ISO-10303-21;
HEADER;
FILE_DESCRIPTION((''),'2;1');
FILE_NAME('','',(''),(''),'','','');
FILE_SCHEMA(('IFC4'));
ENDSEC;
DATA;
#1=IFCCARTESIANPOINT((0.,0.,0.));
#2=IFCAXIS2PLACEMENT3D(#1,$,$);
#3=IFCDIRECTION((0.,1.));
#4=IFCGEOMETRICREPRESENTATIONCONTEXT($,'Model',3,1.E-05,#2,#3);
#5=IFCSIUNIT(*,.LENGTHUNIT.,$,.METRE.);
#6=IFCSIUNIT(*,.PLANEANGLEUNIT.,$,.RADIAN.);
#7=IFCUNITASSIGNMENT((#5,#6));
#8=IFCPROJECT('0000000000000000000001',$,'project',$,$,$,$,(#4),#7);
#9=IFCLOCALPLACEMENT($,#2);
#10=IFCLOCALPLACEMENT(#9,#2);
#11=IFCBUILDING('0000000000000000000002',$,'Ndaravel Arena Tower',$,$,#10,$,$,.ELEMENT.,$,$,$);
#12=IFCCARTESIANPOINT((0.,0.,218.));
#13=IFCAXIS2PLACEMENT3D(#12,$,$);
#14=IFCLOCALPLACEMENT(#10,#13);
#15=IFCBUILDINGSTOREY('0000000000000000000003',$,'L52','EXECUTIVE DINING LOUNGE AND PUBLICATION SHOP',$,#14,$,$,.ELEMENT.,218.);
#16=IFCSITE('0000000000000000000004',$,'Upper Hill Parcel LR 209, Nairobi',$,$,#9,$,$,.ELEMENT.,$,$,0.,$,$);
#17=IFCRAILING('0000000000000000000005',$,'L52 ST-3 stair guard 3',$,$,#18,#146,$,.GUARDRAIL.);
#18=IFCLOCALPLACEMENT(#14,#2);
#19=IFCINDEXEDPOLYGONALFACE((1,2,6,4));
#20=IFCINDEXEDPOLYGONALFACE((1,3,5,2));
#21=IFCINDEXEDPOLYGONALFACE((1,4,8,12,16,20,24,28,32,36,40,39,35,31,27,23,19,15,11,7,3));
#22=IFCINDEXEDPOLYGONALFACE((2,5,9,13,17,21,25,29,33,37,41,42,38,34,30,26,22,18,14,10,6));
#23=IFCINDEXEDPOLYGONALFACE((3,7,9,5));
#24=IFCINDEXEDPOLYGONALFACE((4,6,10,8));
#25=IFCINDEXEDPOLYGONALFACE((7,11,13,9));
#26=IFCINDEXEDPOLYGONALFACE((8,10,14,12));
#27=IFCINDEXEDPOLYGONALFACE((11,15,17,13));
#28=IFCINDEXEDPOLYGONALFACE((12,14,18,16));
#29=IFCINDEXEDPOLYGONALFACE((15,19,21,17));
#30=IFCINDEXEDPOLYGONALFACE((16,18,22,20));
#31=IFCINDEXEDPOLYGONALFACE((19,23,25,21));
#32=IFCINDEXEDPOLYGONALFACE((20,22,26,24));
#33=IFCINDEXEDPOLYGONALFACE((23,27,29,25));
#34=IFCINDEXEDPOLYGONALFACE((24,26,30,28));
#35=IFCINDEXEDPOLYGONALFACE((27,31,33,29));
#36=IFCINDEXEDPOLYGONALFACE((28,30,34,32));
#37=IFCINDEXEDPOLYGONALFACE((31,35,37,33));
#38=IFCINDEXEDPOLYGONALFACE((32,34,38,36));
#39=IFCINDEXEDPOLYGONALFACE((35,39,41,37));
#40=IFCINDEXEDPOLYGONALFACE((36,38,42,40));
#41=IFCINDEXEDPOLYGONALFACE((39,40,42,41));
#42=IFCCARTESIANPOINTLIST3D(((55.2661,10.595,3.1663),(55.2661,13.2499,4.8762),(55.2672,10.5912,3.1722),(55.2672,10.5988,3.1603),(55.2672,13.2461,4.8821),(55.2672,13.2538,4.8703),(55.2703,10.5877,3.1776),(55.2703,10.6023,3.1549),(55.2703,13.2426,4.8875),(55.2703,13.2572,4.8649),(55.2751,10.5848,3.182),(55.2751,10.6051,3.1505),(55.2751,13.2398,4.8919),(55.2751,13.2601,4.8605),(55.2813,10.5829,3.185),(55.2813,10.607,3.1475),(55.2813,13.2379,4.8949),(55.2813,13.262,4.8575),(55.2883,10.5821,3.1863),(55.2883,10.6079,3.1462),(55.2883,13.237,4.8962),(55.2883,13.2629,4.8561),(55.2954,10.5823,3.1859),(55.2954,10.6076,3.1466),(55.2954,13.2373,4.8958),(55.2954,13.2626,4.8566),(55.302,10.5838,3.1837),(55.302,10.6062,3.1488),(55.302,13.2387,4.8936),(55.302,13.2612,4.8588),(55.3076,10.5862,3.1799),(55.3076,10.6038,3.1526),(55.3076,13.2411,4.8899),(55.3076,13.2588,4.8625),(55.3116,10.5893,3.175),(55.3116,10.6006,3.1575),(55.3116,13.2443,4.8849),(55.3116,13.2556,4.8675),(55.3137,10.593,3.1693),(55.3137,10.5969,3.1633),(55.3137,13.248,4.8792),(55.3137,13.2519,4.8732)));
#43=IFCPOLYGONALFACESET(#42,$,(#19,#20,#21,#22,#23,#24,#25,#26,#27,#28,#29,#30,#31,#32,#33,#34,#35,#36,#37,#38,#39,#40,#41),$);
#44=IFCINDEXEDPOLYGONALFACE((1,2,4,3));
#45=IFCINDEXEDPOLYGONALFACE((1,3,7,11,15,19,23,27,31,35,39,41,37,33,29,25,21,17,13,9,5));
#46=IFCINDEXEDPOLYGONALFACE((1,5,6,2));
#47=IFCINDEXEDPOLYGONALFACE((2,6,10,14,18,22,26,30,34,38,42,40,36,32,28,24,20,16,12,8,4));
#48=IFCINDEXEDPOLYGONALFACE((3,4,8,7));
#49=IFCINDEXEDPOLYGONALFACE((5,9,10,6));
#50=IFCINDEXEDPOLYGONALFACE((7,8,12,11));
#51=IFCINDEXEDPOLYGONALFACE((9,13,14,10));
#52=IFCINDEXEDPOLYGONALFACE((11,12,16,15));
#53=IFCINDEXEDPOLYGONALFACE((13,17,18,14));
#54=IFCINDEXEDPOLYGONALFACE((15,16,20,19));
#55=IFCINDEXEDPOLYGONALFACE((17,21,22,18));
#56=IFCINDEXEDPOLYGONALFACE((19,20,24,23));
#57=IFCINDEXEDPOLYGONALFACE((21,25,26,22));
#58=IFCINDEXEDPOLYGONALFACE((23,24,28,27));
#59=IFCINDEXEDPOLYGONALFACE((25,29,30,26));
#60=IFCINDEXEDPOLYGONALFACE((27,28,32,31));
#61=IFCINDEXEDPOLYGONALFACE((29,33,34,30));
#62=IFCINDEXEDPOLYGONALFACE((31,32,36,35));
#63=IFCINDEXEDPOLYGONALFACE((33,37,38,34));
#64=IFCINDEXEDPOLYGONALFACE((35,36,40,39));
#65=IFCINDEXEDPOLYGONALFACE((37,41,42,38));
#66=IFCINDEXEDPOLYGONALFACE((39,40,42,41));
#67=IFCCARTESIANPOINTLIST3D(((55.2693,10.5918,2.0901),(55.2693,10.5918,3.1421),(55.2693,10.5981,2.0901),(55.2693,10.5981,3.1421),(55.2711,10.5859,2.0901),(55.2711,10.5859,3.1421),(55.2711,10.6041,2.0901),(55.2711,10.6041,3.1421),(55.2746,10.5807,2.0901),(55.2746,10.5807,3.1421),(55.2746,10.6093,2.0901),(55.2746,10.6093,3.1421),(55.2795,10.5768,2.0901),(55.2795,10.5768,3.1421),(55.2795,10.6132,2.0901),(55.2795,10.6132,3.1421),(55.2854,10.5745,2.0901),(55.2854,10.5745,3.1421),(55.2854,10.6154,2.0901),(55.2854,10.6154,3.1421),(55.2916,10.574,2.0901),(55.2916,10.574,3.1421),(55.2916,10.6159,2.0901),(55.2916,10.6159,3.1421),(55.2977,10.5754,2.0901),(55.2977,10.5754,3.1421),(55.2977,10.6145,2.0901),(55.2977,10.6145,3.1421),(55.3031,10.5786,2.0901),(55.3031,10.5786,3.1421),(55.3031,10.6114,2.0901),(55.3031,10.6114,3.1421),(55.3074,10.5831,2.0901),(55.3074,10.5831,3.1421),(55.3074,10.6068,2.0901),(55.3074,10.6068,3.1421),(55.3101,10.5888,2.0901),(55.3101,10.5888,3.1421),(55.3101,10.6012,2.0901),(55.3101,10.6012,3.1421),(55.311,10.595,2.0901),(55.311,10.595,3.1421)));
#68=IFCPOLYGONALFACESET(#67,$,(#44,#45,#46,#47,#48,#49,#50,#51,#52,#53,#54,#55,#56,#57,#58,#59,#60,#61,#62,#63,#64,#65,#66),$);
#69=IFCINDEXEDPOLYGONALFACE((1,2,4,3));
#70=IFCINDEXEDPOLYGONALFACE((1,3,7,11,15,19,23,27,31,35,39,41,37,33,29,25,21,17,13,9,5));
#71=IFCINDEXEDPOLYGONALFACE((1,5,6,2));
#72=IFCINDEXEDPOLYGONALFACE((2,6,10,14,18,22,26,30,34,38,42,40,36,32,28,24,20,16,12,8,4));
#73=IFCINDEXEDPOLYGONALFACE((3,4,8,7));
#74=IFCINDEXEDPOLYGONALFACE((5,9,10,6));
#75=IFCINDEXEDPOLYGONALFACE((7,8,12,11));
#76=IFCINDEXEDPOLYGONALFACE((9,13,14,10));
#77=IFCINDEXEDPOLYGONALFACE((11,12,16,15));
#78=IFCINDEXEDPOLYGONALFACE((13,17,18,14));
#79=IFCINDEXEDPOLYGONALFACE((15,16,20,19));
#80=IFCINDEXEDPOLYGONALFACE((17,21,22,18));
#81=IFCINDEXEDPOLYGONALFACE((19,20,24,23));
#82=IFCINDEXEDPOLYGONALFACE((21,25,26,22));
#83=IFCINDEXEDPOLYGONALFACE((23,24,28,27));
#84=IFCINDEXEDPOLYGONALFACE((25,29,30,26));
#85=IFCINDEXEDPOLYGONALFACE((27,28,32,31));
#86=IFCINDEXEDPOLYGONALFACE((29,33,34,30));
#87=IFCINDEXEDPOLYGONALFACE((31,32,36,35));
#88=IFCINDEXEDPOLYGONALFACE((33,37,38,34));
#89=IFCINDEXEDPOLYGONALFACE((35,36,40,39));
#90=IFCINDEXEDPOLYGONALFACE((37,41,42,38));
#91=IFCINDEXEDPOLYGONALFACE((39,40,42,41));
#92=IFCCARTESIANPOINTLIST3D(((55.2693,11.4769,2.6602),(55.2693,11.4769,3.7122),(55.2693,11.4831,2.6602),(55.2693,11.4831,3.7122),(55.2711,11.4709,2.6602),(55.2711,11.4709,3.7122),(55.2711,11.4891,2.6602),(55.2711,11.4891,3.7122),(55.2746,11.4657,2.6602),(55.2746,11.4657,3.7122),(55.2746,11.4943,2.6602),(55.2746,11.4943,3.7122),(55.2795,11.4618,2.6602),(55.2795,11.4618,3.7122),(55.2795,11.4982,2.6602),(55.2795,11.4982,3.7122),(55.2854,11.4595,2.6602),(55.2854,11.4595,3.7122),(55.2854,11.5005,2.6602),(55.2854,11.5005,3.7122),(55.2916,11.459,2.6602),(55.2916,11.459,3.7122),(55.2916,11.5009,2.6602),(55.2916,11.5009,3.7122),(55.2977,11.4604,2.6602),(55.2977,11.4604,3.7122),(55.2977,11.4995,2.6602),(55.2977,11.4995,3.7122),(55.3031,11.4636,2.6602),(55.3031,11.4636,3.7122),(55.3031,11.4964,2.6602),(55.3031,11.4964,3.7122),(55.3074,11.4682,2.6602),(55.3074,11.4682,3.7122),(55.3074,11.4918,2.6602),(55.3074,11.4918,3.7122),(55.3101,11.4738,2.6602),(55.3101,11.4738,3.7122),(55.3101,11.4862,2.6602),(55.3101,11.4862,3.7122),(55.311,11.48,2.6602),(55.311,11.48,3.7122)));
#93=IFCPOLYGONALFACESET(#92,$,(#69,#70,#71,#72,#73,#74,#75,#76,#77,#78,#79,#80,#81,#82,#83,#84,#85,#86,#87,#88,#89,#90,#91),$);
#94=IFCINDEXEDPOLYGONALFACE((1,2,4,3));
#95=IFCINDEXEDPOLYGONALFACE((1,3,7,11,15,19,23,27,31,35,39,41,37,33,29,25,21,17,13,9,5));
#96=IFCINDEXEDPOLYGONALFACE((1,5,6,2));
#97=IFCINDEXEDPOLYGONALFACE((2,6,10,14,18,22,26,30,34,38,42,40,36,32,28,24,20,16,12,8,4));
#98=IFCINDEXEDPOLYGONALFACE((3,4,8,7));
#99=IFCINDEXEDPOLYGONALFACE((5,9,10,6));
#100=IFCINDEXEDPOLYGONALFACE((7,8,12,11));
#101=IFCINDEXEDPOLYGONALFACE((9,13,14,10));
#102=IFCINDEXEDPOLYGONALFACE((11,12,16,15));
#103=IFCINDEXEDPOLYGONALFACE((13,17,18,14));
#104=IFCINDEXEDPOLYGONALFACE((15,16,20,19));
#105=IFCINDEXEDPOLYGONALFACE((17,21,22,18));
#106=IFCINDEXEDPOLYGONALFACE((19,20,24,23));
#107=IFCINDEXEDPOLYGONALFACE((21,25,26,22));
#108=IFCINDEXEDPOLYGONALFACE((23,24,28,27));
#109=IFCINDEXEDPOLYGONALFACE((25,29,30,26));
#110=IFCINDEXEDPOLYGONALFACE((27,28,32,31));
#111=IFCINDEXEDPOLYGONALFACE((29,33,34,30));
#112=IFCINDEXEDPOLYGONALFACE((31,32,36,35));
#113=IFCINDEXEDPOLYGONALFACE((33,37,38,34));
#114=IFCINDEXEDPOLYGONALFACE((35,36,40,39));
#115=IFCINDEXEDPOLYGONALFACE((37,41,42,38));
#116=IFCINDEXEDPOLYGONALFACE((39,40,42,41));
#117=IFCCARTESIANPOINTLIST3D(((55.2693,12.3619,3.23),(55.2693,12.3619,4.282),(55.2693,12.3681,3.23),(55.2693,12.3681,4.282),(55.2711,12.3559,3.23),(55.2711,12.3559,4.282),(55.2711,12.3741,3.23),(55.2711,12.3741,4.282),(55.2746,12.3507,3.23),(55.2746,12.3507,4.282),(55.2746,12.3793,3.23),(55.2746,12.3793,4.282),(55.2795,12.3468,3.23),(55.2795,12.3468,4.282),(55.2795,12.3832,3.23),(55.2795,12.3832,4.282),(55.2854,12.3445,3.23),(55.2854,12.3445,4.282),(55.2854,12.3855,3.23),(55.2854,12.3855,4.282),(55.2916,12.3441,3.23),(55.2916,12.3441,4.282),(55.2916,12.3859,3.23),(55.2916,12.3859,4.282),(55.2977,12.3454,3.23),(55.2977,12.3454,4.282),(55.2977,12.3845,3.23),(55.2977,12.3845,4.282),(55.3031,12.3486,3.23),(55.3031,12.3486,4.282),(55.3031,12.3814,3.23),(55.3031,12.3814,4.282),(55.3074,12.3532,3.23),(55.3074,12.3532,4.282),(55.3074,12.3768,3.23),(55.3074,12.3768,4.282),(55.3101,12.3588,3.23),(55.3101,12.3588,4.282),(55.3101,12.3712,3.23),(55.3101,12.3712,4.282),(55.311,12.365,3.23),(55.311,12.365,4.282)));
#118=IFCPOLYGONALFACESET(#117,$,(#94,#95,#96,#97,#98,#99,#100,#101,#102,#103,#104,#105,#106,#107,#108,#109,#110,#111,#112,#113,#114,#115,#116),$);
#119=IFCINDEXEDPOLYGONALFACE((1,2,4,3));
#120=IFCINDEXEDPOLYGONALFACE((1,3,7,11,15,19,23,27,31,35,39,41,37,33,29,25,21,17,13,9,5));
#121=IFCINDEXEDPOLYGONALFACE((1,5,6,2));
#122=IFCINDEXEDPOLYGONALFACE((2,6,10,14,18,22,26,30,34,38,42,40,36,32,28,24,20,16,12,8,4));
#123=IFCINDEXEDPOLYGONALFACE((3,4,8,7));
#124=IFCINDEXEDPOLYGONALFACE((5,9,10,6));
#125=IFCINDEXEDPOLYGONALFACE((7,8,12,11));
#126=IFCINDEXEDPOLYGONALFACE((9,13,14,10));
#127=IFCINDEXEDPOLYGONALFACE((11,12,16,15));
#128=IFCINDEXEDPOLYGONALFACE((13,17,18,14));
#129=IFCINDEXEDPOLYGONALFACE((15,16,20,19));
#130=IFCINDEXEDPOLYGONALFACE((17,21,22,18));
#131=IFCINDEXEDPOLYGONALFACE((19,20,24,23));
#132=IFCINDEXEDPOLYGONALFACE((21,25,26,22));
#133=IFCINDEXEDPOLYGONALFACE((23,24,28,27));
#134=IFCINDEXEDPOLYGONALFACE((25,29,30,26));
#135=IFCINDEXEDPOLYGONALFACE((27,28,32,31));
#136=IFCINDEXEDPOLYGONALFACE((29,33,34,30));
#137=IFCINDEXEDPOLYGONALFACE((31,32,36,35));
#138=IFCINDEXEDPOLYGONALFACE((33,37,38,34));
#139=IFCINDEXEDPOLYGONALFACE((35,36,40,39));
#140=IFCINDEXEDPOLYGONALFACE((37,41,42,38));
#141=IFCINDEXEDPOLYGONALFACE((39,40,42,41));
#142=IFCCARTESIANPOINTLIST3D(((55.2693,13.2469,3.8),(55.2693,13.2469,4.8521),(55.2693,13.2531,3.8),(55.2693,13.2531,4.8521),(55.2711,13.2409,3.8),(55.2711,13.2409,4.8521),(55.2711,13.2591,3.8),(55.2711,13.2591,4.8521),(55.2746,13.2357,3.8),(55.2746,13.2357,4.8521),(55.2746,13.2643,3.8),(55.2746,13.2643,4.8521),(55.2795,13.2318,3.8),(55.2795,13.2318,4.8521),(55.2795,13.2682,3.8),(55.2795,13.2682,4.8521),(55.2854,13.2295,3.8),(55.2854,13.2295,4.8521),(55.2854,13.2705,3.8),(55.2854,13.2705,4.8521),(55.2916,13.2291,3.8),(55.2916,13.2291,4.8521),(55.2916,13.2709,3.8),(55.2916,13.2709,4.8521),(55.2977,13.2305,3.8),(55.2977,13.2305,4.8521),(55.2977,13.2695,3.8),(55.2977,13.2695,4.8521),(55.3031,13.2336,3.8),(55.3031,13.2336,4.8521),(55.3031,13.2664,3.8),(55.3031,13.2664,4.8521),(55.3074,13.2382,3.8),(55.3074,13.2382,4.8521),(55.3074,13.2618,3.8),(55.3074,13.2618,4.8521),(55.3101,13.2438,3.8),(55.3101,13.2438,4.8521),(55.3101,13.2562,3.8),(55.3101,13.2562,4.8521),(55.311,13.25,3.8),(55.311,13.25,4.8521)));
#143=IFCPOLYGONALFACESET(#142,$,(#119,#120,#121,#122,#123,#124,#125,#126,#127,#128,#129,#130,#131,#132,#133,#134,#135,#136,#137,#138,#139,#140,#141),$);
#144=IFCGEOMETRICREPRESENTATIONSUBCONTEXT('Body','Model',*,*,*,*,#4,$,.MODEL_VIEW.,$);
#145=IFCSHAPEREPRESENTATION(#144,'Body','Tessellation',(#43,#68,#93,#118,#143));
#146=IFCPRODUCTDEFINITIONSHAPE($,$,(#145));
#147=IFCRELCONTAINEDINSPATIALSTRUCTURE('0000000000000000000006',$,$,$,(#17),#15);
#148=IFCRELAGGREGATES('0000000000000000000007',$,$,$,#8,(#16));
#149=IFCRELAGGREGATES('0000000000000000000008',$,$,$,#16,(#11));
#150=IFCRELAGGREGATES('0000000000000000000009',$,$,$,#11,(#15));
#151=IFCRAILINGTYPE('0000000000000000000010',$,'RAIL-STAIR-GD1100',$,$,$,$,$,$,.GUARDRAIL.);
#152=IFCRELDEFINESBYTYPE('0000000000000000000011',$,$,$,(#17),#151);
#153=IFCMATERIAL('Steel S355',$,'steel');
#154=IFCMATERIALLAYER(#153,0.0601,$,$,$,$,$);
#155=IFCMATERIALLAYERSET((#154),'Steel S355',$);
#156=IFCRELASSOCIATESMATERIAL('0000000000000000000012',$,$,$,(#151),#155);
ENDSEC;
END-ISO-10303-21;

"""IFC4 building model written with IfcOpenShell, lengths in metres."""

from ifc_helpers import new_model, si_unit, direction, frame, origin, origin_2d, place, context, subcontext, project, spatial, circle, extrude, material, layer, layer_set, type_object, element, save


model = new_model("IFC4")

# Units and contexts
model_context = context("Model", 3, precision=1e-05, world=origin(), true_north=direction((0.0, 1.0)))
body_context = subcontext(model_context, "Body", "Model", "MODEL_VIEW")
ifc_project = project(units=[si_unit("LENGTHUNIT", "METRE"), si_unit("PLANEANGLEUNIT", "RADIAN")], contexts=[model_context])

# Site, building, storey
site_placement = place(None, origin())
site = spatial("IfcSite", under=ifc_project, at=site_placement, Name="Upper Hill Parcel LR 209, Nairobi", CompositionType="ELEMENT", RefElevation=0.0)
building_placement = place(site_placement, origin())
building = spatial("IfcBuilding", under=site, at=building_placement, Name="Ndaravel Arena Tower", CompositionType="ELEMENT")
storey_placement = place(building_placement, frame((0.0, 0.0, 218.0)))
storey = spatial("IfcBuildingStorey", under=building, at=storey_placement, Name="L52", Description="EXECUTIVE DINING LOUNGE AND PUBLICATION SHOP", CompositionType="ELEMENT", Elevation=218.0)

# Railing
ifc_material_1 = material(Name="Steel S355", Category="steel")
ifc_layer_1 = layer(ifc_material_1, 0.0601)
ifc_layer_set_1 = layer_set([ifc_layer_1], Name="Steel S355")
railing_type = type_object("IfcRailingType", Name="RAIL-STAIR-GD1100", PredefinedType="GUARDRAIL", material=ifc_layer_set_1)
railing_placement = place(storey_placement, frame((55.29, 10.595, 2.0901)))
element("IfcRailing", 1, at=railing_placement, inside=storey, type_object=railing_type, Name="L52 ST-3 stair guard 3", PredefinedType="GUARDRAIL", context=body_context, shape_type="SweptSolid", body=[
    extrude(circle(Radius=0.0239, at=origin_2d()), frame((0.0, 0.0, 1.0762), z_axis=(0.0, 0.840724, 0.541465), x_axis=(-1.0, 0.0, 0.0)), (0.0, 0.0, 1.0), 3.158),
    extrude(circle(Radius=0.021, at=origin_2d()), origin(), (0.0, 0.0, 1.0), 1.052),
    extrude(circle(Radius=0.021, at=origin_2d()), frame((0.0, 0.885, 0.5701)), (0.0, 0.0, 1.0), 1.052),
    extrude(circle(Radius=0.021, at=origin_2d()), frame((0.0, 1.77, 1.1399)), (0.0, 0.0, 1.0), 1.052),
    extrude(circle(Radius=0.021, at=origin_2d()), frame((0.0, 2.655, 1.71)), (0.0, 0.0, 1.0), 1.052),
])

save(model, "model.ifc")
